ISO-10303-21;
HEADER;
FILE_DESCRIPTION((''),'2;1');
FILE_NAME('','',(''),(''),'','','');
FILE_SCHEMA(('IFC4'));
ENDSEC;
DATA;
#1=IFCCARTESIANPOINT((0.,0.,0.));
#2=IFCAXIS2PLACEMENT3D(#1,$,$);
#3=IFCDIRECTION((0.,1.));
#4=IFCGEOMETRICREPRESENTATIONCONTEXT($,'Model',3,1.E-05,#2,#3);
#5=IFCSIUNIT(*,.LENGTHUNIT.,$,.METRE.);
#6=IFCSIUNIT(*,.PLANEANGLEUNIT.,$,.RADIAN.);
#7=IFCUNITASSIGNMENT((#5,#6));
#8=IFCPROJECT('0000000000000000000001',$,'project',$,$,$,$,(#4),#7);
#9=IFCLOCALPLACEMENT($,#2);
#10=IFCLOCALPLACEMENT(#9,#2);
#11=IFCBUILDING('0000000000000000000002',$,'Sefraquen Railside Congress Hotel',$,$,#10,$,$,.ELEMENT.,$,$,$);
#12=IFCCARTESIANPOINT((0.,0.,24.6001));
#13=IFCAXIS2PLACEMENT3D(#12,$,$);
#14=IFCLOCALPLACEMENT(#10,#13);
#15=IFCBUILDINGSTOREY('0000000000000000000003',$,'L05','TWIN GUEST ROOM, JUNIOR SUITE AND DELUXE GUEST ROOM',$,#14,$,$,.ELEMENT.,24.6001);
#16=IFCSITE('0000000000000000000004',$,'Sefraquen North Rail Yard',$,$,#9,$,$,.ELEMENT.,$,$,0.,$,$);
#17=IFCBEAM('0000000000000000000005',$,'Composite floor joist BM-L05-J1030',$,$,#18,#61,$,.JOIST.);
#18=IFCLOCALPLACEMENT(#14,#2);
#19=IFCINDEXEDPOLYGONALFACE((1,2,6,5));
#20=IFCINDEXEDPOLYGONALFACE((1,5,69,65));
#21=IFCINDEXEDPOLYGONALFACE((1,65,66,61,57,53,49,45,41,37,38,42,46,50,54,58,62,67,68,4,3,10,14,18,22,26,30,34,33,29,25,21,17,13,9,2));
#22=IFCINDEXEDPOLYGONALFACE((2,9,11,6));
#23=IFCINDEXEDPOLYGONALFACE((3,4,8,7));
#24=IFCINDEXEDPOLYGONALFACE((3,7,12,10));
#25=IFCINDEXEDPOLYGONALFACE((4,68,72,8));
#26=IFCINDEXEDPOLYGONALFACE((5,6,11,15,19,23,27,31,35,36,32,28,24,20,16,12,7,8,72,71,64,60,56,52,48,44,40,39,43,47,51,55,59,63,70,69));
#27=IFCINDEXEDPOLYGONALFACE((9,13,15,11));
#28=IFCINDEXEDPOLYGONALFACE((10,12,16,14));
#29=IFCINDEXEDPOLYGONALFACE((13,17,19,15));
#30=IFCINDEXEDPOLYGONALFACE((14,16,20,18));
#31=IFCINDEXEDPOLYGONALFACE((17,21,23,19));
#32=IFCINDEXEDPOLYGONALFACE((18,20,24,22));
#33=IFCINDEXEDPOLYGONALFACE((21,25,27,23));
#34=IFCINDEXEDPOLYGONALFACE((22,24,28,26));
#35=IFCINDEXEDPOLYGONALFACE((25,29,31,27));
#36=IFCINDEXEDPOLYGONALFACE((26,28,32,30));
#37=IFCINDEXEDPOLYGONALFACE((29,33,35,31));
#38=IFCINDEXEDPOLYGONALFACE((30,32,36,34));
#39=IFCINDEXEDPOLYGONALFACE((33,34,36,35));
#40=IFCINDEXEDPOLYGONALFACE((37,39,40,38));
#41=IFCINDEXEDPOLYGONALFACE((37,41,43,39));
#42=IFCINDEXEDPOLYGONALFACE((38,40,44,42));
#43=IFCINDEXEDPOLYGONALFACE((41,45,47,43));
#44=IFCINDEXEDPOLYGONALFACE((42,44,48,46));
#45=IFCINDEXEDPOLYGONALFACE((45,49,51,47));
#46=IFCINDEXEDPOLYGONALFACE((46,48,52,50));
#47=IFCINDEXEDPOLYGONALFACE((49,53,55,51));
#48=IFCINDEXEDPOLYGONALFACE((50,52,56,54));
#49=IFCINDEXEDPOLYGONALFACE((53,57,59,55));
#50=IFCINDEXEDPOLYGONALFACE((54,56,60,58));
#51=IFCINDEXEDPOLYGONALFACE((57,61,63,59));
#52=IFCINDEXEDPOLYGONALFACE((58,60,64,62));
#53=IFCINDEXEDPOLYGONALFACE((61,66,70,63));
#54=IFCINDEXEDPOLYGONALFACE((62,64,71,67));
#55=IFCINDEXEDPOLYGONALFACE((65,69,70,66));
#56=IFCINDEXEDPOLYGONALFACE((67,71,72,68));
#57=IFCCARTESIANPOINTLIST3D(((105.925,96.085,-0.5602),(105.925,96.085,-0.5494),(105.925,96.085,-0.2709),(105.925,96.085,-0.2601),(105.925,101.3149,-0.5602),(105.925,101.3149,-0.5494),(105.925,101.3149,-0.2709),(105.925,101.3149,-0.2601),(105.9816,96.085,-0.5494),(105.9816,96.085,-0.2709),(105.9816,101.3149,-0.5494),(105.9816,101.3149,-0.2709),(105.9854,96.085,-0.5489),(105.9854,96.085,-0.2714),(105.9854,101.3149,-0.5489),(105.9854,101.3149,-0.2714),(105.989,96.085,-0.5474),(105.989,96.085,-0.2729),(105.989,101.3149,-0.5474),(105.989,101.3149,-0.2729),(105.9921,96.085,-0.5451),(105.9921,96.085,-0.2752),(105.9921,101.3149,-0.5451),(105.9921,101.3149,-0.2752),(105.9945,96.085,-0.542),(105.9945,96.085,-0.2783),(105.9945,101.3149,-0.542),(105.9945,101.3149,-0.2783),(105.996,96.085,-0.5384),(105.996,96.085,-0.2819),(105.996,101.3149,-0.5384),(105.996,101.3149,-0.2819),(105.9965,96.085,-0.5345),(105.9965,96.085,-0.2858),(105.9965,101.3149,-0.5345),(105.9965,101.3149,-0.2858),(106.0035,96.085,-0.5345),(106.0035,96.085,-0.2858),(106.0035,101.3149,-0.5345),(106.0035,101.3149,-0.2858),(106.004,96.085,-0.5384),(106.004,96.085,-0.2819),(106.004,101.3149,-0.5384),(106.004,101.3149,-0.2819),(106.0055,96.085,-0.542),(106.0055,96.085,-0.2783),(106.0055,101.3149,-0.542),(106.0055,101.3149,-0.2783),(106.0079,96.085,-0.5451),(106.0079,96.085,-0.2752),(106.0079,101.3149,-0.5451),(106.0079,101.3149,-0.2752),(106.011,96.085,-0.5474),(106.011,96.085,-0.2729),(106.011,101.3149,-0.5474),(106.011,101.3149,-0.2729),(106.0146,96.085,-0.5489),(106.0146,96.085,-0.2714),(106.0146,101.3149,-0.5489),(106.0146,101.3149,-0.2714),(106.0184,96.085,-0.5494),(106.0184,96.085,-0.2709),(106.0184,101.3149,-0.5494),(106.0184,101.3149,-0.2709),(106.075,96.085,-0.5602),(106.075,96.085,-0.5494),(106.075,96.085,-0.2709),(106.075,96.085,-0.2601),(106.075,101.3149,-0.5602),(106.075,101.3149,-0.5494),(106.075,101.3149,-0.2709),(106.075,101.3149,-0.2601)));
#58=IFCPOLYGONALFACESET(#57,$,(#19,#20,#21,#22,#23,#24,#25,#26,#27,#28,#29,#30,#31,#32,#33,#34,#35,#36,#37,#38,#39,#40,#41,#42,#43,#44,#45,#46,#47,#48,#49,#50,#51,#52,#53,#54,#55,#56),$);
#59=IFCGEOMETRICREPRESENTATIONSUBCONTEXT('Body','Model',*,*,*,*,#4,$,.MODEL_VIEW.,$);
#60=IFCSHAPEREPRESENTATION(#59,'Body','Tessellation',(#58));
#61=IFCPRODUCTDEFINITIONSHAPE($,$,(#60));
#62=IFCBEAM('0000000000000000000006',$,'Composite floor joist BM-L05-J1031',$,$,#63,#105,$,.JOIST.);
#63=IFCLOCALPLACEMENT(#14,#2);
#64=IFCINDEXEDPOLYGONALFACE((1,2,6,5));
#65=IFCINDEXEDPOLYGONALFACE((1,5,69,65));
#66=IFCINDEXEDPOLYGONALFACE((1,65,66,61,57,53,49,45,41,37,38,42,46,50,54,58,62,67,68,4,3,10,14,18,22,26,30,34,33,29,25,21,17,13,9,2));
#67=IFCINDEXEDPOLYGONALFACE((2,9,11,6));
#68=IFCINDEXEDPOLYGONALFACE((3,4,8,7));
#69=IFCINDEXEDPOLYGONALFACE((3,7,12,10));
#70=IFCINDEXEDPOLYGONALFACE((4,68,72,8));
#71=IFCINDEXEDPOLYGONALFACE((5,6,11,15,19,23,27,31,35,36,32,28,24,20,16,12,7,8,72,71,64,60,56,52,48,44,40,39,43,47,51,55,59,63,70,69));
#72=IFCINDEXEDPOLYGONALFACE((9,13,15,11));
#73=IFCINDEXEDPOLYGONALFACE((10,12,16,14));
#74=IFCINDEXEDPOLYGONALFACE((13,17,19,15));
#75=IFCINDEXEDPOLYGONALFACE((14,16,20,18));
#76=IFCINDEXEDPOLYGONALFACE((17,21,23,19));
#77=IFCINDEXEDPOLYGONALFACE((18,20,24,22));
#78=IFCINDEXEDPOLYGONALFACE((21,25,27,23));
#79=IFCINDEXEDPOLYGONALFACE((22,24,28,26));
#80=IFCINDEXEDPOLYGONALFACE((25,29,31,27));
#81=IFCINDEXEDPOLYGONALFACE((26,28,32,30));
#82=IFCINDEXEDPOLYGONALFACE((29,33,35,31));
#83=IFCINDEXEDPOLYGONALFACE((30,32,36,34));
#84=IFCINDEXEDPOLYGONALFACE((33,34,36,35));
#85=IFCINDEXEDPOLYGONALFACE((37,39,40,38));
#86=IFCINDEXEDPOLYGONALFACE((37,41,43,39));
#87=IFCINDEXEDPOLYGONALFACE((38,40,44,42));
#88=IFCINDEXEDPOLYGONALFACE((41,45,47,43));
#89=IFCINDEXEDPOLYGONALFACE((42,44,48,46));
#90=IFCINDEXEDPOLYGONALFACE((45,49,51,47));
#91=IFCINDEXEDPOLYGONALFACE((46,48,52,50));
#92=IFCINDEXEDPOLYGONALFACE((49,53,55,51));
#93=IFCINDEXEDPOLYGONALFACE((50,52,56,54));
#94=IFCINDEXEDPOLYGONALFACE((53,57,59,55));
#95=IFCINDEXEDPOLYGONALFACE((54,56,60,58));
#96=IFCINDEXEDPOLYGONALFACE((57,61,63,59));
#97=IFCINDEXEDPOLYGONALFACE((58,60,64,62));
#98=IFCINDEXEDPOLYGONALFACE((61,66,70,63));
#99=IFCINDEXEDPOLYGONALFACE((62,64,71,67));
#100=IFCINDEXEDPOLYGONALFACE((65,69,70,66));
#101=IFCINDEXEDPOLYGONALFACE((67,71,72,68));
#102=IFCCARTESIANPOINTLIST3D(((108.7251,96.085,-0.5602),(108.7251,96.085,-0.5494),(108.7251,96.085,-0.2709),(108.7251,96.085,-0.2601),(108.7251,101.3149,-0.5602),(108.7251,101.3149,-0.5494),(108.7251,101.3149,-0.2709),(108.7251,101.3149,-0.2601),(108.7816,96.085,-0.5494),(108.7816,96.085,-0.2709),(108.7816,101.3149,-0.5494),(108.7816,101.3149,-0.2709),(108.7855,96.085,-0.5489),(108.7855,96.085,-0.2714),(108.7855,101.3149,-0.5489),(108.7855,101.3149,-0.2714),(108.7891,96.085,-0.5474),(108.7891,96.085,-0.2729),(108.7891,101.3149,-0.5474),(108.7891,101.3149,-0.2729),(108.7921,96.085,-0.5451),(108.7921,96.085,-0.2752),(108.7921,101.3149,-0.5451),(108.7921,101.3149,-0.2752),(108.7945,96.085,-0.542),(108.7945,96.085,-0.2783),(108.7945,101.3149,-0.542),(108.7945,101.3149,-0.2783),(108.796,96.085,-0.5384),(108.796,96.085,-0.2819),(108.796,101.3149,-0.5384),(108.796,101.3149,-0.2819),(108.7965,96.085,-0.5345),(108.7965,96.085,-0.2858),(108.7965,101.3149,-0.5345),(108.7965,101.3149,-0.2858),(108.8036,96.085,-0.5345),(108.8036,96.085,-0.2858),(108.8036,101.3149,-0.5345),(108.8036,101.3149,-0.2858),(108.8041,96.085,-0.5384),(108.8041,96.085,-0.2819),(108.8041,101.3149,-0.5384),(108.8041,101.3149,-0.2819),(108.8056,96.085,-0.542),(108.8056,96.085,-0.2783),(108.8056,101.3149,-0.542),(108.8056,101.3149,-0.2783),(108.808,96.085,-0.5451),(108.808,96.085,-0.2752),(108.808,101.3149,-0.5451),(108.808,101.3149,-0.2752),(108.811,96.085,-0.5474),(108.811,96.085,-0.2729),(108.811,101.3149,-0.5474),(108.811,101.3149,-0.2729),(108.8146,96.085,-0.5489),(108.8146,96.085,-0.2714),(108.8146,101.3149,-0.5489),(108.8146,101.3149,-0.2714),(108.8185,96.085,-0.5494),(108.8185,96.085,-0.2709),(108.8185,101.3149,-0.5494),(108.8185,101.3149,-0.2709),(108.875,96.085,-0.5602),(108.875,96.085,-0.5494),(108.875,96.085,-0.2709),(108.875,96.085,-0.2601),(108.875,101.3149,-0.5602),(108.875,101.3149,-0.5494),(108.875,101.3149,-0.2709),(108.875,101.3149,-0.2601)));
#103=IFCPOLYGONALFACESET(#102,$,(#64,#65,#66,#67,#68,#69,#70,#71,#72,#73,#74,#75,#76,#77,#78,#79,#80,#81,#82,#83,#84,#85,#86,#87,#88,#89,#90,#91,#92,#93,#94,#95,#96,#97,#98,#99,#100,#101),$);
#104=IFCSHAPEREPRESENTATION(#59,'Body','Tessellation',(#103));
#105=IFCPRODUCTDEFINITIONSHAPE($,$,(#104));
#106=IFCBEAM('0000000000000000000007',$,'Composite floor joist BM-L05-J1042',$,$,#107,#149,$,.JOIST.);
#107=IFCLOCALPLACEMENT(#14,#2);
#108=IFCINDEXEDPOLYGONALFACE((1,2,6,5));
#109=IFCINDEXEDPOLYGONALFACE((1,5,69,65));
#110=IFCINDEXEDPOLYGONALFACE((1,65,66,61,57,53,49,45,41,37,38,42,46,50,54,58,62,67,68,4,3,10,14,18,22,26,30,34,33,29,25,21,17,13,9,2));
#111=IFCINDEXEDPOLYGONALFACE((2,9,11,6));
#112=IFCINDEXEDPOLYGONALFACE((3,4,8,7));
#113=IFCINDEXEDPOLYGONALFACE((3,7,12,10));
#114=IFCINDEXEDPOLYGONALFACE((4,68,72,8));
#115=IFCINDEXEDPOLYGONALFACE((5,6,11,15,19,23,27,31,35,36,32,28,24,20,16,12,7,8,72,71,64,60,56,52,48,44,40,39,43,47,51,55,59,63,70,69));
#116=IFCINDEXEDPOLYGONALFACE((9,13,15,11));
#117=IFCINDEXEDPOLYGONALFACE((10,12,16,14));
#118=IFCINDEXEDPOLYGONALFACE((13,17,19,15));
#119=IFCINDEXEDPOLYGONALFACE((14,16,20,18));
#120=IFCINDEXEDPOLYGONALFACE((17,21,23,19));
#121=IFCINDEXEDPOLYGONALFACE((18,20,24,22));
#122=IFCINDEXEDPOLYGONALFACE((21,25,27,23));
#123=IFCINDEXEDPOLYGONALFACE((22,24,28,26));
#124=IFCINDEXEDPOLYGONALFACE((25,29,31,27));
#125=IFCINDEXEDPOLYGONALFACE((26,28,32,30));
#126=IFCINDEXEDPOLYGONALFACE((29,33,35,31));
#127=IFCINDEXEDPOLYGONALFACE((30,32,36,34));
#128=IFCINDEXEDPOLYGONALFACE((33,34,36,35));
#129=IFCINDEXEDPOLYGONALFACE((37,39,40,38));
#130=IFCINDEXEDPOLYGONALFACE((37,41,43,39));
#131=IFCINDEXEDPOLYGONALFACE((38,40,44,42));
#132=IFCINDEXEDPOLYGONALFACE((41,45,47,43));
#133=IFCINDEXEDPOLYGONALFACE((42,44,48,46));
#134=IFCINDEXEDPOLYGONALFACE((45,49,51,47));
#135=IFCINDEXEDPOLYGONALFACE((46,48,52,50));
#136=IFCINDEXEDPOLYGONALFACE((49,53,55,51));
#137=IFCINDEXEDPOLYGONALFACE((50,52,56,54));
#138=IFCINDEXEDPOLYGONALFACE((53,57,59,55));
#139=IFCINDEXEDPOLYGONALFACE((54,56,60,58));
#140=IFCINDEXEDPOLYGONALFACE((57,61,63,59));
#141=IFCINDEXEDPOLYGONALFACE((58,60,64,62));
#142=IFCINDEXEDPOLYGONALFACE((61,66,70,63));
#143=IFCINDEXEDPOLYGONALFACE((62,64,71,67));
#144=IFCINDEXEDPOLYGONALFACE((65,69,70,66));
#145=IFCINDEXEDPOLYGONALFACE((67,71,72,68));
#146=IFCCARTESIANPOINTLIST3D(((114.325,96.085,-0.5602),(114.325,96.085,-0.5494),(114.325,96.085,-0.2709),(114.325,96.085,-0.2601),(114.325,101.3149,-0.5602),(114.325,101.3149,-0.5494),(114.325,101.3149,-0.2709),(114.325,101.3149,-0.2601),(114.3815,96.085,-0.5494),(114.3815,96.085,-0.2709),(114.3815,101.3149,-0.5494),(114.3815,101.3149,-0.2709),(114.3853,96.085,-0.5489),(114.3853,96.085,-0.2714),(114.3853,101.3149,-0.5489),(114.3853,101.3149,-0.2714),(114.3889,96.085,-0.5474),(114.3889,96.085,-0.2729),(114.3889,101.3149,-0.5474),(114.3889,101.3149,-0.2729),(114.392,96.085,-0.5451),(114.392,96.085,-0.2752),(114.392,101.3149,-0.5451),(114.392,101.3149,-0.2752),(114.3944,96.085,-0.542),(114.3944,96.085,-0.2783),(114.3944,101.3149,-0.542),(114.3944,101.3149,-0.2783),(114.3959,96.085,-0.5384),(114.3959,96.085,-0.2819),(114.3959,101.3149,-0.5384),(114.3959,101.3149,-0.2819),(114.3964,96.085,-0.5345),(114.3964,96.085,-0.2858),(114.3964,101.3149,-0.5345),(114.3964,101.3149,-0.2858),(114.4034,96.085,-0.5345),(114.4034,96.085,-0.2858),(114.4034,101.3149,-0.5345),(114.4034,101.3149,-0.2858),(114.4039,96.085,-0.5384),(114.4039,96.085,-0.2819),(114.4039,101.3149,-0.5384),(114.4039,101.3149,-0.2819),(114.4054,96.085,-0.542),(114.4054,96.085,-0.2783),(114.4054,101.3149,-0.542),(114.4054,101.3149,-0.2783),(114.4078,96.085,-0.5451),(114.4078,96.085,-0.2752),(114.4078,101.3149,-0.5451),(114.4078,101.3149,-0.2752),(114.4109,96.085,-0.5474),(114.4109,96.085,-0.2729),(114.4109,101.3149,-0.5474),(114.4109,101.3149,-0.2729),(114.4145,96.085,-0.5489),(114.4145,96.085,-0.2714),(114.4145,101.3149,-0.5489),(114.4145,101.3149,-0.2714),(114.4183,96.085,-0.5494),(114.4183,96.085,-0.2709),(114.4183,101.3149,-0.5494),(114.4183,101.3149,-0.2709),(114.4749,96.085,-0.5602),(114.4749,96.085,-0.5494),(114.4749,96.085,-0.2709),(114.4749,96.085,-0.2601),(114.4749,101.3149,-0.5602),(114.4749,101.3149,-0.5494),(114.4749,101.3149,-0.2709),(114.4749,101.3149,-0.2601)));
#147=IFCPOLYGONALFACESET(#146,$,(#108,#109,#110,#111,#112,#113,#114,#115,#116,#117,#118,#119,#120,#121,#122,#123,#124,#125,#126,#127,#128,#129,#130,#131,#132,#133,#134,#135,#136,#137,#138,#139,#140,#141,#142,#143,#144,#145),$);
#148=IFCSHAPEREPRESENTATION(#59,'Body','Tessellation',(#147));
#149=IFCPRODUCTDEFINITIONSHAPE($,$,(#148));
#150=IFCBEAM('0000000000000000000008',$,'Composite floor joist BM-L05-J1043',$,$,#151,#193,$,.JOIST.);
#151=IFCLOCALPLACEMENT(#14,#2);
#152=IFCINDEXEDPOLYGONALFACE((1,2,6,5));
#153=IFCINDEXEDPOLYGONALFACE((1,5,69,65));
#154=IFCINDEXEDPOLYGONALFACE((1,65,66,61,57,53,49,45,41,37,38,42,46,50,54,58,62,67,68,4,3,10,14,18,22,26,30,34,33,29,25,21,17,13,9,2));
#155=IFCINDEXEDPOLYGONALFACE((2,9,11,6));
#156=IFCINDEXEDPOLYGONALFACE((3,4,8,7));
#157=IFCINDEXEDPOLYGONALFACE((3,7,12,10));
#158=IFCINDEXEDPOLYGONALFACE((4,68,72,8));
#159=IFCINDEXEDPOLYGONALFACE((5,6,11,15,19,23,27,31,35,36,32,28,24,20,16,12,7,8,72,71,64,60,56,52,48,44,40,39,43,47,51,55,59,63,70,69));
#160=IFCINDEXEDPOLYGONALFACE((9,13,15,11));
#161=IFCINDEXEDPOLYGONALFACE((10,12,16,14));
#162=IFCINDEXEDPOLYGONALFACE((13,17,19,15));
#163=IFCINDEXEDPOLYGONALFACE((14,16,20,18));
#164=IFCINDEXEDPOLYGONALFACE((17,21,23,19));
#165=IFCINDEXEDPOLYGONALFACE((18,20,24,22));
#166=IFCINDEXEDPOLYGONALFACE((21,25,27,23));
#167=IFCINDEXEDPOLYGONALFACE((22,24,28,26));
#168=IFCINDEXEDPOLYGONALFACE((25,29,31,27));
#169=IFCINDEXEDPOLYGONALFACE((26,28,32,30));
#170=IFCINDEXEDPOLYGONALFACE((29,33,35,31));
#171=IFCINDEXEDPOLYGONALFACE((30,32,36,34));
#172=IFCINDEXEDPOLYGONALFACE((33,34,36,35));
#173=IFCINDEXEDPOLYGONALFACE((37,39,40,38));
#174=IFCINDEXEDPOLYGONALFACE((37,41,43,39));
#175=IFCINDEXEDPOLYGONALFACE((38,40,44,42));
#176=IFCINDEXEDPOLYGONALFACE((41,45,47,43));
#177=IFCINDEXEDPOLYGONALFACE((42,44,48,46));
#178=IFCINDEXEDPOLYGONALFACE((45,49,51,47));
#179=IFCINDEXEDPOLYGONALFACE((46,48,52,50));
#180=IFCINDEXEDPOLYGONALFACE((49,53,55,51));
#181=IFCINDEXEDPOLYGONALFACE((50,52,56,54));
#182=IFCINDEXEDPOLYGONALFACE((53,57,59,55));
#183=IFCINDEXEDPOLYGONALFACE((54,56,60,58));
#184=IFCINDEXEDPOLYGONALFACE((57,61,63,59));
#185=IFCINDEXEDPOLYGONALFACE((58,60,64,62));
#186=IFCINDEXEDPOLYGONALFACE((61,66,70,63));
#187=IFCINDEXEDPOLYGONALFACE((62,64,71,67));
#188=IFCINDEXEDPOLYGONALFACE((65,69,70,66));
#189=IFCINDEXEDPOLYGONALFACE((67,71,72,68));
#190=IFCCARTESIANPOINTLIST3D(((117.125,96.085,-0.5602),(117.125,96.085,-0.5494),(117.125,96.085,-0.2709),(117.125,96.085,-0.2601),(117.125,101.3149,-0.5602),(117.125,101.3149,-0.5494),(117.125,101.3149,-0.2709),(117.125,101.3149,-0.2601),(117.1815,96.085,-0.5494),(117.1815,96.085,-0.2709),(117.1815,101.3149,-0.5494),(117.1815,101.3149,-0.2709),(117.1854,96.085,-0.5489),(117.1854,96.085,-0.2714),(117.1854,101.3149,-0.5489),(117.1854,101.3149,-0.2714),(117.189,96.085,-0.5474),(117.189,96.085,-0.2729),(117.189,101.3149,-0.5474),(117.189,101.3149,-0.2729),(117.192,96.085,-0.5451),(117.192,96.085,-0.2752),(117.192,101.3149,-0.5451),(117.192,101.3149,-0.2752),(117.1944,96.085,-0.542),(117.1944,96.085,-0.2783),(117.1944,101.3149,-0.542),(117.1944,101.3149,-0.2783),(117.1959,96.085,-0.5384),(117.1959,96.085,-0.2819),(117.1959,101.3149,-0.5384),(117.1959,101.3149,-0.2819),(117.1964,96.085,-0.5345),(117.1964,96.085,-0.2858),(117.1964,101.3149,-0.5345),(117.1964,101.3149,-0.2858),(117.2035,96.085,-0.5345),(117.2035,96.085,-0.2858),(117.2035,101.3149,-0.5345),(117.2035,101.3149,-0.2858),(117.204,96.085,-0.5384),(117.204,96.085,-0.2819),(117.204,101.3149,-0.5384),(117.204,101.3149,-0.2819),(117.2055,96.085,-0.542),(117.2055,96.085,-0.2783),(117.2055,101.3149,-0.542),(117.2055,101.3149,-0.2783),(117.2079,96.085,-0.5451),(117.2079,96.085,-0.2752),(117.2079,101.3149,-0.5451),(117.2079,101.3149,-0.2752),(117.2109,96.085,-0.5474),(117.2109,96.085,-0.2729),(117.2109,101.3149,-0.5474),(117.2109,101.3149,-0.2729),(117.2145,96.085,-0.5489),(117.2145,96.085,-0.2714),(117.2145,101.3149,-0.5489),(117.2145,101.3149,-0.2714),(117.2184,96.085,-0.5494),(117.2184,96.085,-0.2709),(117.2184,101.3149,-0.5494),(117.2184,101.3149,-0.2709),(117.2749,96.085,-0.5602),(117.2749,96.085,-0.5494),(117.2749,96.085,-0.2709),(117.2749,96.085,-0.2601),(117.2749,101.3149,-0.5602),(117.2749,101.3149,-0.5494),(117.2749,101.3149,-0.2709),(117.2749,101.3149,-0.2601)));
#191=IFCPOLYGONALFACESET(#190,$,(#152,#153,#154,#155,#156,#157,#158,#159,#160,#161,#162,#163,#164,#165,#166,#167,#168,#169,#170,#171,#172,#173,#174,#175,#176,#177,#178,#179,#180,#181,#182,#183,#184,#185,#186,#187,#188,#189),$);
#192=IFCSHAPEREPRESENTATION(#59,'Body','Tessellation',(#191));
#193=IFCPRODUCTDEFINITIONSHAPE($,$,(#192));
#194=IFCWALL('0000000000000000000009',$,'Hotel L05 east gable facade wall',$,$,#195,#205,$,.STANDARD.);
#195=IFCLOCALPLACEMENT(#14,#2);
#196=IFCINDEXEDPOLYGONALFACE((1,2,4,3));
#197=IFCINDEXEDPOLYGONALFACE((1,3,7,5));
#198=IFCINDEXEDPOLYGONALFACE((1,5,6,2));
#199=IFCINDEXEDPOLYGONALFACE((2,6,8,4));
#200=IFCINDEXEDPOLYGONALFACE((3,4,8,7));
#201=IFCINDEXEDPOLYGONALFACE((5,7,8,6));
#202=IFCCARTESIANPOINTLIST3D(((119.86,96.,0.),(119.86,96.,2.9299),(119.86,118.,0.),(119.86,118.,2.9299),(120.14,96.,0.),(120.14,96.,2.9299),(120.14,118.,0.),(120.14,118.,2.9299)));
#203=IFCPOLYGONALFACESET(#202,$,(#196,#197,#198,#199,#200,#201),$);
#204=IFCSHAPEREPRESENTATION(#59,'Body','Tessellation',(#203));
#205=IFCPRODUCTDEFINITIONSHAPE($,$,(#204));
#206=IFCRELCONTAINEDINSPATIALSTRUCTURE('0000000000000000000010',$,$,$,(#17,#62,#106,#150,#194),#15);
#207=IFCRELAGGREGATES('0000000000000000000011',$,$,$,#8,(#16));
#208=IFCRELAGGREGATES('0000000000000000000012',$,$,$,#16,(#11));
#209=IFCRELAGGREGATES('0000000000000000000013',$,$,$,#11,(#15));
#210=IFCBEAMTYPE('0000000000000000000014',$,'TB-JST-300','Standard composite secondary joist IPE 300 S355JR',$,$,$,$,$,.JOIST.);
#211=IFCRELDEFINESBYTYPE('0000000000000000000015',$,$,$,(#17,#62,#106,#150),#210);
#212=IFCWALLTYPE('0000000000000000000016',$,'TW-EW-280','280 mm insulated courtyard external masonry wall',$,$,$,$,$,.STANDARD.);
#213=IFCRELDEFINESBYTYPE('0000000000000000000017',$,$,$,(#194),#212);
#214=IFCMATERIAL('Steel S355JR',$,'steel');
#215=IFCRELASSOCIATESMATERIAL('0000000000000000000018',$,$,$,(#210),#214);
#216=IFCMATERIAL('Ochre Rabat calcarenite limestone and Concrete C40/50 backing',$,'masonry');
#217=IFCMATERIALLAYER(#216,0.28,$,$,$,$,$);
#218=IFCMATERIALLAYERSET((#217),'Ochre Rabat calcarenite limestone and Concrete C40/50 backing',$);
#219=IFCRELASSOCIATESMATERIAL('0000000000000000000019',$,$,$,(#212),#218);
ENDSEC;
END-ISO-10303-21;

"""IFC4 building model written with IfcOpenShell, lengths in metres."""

from ifc_helpers import new_model, si_unit, direction, frame, frame_2d, origin, origin_2d, place, context, subcontext, project, spatial, rectangle, i_section, extrude, material, layer, layer_set, material_profile, profile_set, type_object, element, save


model = new_model("IFC4")

# Units and contexts
model_context = context("Model", 3, precision=1e-05, world=origin(), true_north=direction((0.0, 1.0)))
body_context = subcontext(model_context, "Body", "Model", "MODEL_VIEW")
ifc_project = project(units=[si_unit("LENGTHUNIT", "METRE"), si_unit("PLANEANGLEUNIT", "RADIAN")], contexts=[model_context])

# Site, building, storey
site_placement = place(None, origin())
site = spatial("IfcSite", under=ifc_project, at=site_placement, Name="Sefraquen North Rail Yard", CompositionType="ELEMENT", RefElevation=0.0)
building_placement = place(site_placement, origin())
building = spatial("IfcBuilding", under=site, at=building_placement, Name="Sefraquen Railside Congress Hotel", CompositionType="ELEMENT")
storey_placement = place(building_placement, frame((0.0, 0.0, 24.6001)))
storey = spatial("IfcBuildingStorey", under=building, at=storey_placement, Name="L05", Description="TWIN GUEST ROOM, JUNIOR SUITE AND DELUXE GUEST ROOM", CompositionType="ELEMENT", Elevation=24.6001)

# Shared definitions
ifc_material_1 = material(Name="Steel S355JR", Category="steel")

# Beams
ifc_material_profile_1 = material_profile(ifc_material_1, i_section(OverallWidth=0.1499, OverallDepth=0.3, WebThickness=0.0071, FlangeThickness=0.0107, FilletRadius=0.0149, at=origin_2d()), Name="IPE 300")
ifc_profile_set_1 = profile_set([ifc_material_profile_1], Name="Steel S355JR")
beam_type_1 = type_object("IfcBeamType", Name="TB-JST-300", Description="Standard composite secondary joist IPE 300 S355JR", PredefinedType="JOIST", material=ifc_profile_set_1)
for number, where, z_axis, x_axis, name in (
    (1, (106.0, 96.085, -0.4102), (0.0, 1.0, 0.0), (-1.0, 0.0, 0.0), "Composite floor joist BM-L05-J1030"),
    (2, (108.8, 96.085, -0.4102), (0.0, 1.0, 0.0), (-1.0, 0.0, 0.0), "Composite floor joist BM-L05-J1031"),
    (3, (114.3999, 96.085, -0.4102), (0.0, 1.0, 0.0), (-1.0, 0.0, 0.0), "Composite floor joist BM-L05-J1042"),
    (4, (117.2, 96.085, -0.4102), (0.0, 1.0, 0.0), (-1.0, 0.0, 0.0), "Composite floor joist BM-L05-J1043"),
):
    element("IfcBeam", number, at=place(storey_placement, frame(where, z_axis=z_axis, x_axis=x_axis)), inside=storey, type_object=beam_type_1, Name=name, PredefinedType="JOIST", context=body_context, shape_type="SweptSolid", body=[
        extrude(i_section(OverallWidth=0.1499, OverallDepth=0.3, WebThickness=0.0071, FlangeThickness=0.0107, FilletRadius=0.0149, at=origin_2d()), origin(), (0.0, 0.0, 1.0), 5.23),
    ])

# Wall
ifc_material_2 = material(Name="Ochre Rabat calcarenite limestone and Concrete C40/50 backing", Category="masonry")
ifc_layer_1 = layer(ifc_material_2, 0.28)
ifc_layer_set_1 = layer_set([ifc_layer_1], Name="Ochre Rabat calcarenite limestone and Concrete C40/50 backing")
wall_type_1 = type_object("IfcWallType", Name="TW-EW-280", Description="280 mm insulated courtyard external masonry wall", PredefinedType="STANDARD", material=ifc_layer_set_1)
wall_1_placement = place(storey_placement, frame((120.0, 96.0, 0.0), z_axis=(0.0, 0.0, 1.0), x_axis=(0.0, 1.0, 0.0)))
element("IfcWall", 5, at=wall_1_placement, inside=storey, type_object=wall_type_1, Name="Hotel L05 east gable facade wall", PredefinedType="STANDARD", context=body_context, shape_type="SweptSolid", body=[
    extrude(rectangle(XDim=22.0, YDim=0.28, at=frame_2d((11.0, 0.0))), origin(), (0.0, 0.0, 1.0), 2.9299),
])

save(model, "model.ifc")
